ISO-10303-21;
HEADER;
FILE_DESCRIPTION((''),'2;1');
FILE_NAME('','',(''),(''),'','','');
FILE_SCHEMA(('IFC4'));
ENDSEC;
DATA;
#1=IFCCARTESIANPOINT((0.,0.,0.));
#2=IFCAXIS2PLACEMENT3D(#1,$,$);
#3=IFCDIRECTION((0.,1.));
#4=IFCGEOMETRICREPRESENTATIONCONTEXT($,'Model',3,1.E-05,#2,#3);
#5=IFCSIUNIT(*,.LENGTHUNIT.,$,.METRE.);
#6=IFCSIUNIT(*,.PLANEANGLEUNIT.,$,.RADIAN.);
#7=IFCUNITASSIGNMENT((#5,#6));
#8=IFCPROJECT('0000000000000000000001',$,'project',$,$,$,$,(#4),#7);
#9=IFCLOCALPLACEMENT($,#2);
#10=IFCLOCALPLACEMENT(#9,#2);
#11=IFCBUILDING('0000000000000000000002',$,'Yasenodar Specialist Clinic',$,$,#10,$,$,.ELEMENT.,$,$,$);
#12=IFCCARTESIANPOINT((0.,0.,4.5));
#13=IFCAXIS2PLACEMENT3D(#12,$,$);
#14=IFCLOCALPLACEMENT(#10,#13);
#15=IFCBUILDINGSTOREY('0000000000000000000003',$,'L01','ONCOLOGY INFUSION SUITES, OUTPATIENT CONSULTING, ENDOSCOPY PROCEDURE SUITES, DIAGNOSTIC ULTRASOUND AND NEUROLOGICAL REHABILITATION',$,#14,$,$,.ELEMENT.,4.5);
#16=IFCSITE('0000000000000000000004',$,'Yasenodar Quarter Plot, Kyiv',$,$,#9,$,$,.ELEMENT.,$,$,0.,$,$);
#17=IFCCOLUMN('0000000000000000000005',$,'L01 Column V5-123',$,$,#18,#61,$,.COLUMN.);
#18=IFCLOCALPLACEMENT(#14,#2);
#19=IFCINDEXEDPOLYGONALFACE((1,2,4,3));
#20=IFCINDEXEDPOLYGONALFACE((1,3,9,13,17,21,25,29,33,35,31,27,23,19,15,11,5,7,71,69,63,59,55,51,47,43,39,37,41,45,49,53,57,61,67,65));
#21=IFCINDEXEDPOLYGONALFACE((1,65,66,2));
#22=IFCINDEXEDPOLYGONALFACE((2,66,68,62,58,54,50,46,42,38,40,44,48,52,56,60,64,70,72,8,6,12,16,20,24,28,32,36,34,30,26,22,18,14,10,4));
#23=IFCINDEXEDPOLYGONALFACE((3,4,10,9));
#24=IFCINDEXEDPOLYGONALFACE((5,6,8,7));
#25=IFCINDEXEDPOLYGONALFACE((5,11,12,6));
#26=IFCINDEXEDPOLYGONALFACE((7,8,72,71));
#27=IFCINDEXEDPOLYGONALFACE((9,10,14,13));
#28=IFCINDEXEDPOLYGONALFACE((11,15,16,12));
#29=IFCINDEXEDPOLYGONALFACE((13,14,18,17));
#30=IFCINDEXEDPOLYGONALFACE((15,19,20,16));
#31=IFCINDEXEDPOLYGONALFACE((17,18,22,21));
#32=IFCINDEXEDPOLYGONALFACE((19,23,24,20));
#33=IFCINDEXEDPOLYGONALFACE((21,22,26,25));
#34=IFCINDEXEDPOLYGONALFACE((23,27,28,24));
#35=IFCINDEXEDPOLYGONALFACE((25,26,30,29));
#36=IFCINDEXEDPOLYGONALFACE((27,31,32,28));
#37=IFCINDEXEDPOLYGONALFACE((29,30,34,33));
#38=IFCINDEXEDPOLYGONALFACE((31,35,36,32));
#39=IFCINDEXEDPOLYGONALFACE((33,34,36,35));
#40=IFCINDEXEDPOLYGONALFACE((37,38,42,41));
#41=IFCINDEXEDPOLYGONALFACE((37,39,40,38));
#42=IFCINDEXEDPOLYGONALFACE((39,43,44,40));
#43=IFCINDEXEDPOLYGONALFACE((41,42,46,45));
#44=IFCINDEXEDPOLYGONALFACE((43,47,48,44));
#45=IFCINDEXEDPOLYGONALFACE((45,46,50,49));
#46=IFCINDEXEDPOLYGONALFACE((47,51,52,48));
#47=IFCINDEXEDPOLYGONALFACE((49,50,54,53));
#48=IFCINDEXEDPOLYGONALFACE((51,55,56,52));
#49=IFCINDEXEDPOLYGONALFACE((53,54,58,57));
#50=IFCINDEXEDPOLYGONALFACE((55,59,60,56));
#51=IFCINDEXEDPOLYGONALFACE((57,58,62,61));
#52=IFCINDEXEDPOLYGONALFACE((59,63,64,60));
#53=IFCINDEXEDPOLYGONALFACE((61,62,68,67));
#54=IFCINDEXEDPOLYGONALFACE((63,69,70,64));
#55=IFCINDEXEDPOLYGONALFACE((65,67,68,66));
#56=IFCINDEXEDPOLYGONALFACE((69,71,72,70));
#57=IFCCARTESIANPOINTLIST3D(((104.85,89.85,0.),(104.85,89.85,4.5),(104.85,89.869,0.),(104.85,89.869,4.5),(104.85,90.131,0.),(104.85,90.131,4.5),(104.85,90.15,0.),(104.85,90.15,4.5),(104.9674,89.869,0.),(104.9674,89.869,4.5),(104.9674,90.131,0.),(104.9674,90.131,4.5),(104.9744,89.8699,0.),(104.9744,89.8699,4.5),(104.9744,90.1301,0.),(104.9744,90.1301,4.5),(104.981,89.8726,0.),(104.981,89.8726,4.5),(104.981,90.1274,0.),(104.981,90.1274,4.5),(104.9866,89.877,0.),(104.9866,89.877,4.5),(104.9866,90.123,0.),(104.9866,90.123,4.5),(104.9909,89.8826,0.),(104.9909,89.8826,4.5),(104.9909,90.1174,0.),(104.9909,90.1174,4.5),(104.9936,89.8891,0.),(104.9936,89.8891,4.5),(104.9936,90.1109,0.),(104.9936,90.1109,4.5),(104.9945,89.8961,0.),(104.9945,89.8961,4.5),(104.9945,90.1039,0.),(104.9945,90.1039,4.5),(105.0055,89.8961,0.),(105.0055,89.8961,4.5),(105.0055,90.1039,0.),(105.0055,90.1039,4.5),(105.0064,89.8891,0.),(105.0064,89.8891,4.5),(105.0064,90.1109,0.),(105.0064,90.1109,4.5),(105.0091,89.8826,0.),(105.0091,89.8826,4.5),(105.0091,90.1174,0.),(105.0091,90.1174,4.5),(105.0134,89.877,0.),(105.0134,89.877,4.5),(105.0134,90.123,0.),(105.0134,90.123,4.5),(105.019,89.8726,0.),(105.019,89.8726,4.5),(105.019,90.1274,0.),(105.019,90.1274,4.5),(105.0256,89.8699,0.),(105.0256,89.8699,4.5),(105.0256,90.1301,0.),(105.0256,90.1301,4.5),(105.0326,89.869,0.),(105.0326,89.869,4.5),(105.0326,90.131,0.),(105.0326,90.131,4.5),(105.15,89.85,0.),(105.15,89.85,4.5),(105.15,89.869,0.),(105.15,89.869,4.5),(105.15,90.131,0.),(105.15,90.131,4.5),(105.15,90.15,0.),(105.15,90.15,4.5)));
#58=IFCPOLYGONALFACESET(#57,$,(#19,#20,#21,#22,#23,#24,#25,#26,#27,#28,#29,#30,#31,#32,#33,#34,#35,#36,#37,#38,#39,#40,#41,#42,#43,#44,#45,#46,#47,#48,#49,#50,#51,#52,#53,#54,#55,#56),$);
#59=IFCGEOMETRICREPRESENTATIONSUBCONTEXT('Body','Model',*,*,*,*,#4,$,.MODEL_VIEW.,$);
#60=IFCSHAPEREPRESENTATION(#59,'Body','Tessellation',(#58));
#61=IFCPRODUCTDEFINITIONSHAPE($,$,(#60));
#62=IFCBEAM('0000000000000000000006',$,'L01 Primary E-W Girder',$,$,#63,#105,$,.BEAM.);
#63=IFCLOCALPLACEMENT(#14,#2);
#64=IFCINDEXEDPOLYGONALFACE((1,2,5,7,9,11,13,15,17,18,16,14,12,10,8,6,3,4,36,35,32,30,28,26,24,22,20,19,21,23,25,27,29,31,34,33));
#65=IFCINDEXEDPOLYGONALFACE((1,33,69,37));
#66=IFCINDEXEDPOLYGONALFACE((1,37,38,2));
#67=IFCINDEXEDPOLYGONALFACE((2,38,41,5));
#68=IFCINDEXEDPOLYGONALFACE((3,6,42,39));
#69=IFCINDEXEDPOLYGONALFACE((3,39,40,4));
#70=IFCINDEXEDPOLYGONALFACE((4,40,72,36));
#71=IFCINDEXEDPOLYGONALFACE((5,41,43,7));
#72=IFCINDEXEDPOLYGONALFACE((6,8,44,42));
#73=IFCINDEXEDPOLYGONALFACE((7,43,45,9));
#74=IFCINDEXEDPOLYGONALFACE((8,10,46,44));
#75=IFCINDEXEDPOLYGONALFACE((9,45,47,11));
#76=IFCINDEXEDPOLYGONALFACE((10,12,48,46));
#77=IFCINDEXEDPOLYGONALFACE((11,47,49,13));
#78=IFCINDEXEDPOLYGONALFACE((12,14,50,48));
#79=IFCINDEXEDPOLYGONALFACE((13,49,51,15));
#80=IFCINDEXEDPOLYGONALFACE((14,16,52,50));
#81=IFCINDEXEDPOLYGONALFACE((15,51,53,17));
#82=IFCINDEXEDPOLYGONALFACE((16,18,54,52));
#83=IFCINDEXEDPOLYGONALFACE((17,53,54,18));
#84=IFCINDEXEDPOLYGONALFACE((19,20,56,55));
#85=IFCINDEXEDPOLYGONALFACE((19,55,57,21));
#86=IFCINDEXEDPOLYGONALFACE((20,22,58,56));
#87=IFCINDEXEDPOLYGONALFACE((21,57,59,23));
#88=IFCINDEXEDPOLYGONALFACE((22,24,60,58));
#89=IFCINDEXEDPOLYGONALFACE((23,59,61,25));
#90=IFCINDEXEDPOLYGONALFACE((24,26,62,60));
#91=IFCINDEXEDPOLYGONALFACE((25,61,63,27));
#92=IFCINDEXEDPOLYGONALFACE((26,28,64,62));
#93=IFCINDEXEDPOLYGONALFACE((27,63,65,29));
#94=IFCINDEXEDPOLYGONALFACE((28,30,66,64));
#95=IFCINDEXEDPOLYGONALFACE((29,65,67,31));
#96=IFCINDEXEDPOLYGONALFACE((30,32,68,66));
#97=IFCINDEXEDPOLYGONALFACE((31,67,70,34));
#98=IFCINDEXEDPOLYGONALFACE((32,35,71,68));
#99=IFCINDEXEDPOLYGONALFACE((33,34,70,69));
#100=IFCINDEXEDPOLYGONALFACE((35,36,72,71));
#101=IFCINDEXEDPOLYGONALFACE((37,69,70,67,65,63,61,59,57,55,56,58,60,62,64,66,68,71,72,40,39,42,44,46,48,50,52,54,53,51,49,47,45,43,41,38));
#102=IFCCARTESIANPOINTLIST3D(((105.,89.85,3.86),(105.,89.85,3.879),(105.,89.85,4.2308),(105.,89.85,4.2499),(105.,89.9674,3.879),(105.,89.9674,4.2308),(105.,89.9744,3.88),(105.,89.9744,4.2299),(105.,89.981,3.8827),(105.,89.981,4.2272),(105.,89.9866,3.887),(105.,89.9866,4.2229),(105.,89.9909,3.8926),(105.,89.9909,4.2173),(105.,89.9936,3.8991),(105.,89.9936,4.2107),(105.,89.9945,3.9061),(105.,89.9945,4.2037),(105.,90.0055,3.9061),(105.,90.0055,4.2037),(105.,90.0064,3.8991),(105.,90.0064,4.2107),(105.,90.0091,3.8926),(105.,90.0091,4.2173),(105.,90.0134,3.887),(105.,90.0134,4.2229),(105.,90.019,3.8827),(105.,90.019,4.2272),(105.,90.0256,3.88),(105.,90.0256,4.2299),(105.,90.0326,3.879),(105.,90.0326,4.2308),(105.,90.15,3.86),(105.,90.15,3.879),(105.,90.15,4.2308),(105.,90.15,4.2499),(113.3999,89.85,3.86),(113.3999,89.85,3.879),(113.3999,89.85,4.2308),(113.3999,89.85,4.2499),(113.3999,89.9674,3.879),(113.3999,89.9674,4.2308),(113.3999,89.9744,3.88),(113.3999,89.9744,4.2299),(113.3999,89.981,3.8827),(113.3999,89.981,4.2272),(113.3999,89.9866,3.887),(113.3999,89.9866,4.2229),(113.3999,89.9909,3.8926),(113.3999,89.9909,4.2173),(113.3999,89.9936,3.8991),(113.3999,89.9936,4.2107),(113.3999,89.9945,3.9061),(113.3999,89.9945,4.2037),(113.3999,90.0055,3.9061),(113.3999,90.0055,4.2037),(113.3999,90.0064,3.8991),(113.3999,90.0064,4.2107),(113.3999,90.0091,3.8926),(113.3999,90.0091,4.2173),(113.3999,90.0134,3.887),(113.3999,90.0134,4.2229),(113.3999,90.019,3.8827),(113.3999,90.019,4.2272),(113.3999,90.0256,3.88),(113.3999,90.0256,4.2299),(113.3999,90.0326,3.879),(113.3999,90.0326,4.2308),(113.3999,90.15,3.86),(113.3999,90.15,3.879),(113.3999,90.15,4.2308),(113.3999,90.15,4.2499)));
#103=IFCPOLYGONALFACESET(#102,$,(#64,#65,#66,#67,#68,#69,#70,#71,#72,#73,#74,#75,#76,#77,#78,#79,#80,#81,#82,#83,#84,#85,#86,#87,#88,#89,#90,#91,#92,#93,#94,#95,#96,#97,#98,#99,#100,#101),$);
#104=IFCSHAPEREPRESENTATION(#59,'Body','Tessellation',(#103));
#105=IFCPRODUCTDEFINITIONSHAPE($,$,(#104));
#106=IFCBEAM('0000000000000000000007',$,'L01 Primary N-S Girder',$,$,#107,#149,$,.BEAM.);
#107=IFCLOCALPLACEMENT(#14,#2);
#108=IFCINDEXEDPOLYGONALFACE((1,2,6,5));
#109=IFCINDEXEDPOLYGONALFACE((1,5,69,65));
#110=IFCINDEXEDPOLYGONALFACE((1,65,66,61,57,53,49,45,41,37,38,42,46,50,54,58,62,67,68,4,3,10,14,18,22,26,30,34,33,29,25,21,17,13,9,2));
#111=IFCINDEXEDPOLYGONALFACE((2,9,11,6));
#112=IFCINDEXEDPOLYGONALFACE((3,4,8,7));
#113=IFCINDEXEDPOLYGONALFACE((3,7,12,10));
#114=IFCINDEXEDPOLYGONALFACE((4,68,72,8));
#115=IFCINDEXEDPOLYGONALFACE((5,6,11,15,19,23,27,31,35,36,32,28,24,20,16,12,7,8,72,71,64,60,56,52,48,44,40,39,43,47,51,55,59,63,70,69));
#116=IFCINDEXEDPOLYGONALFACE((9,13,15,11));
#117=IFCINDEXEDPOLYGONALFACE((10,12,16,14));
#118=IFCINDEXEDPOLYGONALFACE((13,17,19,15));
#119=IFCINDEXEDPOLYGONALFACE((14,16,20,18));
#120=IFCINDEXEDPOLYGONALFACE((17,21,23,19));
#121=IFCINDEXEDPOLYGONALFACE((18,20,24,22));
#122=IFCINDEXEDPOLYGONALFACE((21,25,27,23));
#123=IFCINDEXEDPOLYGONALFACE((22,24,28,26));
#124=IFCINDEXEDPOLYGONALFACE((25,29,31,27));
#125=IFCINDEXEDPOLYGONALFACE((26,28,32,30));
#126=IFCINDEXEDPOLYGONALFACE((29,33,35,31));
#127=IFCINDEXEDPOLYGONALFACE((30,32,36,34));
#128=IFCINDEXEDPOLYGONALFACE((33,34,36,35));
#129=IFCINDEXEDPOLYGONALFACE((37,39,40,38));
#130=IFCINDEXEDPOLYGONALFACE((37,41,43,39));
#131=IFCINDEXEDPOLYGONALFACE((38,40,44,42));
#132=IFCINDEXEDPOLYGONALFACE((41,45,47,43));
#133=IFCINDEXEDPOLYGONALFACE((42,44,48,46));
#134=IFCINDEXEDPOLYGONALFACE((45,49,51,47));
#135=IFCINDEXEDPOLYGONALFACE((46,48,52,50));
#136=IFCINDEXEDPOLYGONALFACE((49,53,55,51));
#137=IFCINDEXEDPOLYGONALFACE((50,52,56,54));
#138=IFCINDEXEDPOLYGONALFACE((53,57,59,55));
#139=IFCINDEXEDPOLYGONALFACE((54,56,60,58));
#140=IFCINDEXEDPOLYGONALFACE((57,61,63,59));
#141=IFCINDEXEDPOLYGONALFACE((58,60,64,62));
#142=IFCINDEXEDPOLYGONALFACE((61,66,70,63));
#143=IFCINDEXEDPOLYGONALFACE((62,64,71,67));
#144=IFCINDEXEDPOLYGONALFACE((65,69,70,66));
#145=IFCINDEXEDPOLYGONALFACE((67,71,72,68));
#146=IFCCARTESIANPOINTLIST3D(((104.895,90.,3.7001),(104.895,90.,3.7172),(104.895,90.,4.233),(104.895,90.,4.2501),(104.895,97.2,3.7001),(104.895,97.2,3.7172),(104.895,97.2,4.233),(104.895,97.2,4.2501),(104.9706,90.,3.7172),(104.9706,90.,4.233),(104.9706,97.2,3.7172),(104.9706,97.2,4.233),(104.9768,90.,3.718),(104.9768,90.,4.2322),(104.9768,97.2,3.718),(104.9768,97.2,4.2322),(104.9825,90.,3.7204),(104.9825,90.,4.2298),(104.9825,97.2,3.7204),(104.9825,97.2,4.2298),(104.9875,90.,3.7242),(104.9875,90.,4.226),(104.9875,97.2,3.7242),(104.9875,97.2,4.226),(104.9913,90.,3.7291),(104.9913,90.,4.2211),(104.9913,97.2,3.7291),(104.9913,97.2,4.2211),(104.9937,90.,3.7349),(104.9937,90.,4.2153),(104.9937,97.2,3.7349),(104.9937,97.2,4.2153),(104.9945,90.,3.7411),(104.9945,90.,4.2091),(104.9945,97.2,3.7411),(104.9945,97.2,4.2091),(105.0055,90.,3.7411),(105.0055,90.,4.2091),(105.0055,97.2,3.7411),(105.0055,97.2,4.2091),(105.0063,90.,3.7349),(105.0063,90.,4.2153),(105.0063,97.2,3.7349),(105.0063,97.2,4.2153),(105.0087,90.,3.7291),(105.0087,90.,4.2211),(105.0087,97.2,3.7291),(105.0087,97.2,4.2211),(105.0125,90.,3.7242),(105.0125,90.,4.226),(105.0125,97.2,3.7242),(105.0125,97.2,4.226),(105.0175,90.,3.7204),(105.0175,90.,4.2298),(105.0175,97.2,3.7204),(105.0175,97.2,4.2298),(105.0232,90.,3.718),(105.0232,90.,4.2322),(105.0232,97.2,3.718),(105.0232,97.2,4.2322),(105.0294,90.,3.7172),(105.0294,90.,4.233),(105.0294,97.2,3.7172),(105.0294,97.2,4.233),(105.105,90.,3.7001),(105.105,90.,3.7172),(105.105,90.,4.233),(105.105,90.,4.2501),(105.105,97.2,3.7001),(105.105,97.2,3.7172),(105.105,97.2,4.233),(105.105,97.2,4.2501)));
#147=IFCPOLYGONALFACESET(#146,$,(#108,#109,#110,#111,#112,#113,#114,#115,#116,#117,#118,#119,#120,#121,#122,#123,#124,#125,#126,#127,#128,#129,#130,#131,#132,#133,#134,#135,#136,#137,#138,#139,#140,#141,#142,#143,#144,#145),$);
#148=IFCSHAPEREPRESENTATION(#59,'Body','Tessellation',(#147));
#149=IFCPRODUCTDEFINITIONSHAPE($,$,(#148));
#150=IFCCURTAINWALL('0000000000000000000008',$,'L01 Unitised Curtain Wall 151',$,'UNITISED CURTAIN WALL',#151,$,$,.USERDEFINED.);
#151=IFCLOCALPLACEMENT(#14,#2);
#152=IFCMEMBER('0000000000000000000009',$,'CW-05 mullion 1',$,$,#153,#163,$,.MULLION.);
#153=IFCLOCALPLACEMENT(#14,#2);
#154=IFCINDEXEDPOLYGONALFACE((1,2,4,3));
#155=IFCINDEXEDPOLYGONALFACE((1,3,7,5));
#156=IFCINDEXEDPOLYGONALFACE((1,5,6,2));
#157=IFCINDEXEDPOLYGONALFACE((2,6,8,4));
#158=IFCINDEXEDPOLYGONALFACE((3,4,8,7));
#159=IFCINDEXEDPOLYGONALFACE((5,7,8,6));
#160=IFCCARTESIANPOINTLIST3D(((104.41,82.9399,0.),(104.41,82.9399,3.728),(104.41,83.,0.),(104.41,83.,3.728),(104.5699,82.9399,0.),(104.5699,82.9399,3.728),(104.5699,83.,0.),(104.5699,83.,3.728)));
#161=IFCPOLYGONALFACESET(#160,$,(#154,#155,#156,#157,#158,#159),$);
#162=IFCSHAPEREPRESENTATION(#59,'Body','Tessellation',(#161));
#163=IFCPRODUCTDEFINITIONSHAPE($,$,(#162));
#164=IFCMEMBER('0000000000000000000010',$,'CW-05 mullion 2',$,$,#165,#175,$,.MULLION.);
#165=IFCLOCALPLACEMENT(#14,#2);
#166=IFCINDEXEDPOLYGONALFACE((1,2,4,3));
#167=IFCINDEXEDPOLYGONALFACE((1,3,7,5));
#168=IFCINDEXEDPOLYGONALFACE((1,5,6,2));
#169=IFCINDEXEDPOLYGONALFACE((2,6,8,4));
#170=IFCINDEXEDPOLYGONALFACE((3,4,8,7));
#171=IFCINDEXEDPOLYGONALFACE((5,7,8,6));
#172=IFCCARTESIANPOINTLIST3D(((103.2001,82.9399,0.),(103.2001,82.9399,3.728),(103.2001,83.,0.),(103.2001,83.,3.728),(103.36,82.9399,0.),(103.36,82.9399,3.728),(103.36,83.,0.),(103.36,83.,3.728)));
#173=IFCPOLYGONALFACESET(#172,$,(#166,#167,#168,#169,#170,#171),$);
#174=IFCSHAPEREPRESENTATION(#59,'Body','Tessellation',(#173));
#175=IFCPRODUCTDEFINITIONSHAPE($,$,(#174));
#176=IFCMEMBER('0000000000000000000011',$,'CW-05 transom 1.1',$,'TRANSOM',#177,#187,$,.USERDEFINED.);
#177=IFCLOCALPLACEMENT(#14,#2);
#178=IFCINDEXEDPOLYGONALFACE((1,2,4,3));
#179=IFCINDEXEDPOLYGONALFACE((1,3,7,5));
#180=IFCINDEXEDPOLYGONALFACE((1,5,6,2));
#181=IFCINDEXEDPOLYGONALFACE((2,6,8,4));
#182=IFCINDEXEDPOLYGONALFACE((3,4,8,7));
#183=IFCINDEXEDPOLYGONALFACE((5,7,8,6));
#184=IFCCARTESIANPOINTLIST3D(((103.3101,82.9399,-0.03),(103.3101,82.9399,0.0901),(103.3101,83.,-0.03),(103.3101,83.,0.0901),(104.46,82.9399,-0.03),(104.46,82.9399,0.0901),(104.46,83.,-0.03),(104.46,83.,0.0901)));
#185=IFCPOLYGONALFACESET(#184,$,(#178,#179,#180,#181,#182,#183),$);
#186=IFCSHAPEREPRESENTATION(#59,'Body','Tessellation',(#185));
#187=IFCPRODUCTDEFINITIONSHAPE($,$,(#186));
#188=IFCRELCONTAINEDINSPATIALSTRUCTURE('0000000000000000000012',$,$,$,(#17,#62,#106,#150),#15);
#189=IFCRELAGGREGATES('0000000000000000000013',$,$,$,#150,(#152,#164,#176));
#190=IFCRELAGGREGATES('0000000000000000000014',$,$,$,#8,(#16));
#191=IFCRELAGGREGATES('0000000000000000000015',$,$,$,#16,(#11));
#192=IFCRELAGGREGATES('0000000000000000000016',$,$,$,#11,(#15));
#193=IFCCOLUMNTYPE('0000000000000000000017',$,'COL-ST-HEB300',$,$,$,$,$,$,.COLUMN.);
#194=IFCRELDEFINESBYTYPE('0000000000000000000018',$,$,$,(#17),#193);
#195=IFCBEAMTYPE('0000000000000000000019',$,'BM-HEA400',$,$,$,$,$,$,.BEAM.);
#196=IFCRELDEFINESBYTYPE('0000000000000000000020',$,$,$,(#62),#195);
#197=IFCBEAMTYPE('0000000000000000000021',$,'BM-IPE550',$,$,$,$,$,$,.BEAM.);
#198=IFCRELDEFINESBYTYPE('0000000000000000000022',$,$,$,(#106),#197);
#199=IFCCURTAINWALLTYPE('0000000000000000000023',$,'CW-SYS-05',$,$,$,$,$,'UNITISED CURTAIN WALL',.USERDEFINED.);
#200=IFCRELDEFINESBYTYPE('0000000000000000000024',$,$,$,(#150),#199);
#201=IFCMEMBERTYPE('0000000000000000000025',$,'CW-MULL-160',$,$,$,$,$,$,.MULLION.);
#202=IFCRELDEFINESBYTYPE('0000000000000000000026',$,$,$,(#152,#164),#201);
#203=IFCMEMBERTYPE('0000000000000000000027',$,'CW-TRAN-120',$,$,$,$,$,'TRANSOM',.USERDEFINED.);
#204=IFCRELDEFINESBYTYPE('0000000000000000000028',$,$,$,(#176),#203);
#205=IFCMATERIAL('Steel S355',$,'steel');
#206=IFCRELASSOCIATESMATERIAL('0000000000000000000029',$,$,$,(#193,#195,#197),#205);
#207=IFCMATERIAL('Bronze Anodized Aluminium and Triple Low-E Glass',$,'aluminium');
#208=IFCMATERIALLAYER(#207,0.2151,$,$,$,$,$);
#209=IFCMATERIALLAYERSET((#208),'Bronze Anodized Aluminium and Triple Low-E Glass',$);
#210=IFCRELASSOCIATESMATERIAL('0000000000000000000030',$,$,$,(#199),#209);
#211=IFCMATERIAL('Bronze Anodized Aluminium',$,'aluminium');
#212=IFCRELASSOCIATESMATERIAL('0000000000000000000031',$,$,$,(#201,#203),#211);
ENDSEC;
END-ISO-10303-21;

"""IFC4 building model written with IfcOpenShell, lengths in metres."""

from ifc_helpers import new_model, si_unit, direction, frame, origin, origin_2d, place, context, subcontext, project, spatial, rectangle, i_section, extrude, material, layer, layer_set, material_profile, profile_set, type_object, element, aggregate, save


model = new_model("IFC4")

# Units and contexts
model_context = context("Model", 3, precision=1e-05, world=origin(), true_north=direction((0.0, 1.0)))
body_context = subcontext(model_context, "Body", "Model", "MODEL_VIEW")
ifc_project = project(units=[si_unit("LENGTHUNIT", "METRE"), si_unit("PLANEANGLEUNIT", "RADIAN")], contexts=[model_context])

# Site, building, storey
site_placement = place(None, origin())
site = spatial("IfcSite", under=ifc_project, at=site_placement, Name="Yasenodar Quarter Plot, Kyiv", CompositionType="ELEMENT", RefElevation=0.0)
building_placement = place(site_placement, origin())
building = spatial("IfcBuilding", under=site, at=building_placement, Name="Yasenodar Specialist Clinic", CompositionType="ELEMENT")
storey_placement = place(building_placement, frame((0.0, 0.0, 4.5)))
storey = spatial("IfcBuildingStorey", under=building, at=storey_placement, Name="L01", Description="ONCOLOGY INFUSION SUITES, OUTPATIENT CONSULTING, ENDOSCOPY PROCEDURE SUITES, DIAGNOSTIC ULTRASOUND AND NEUROLOGICAL REHABILITATION", CompositionType="ELEMENT", Elevation=4.5)

# Column
ifc_material_1 = material(Name="Steel S355", Category="steel")
ifc_material_profile_1 = material_profile(ifc_material_1, i_section(OverallWidth=0.3, OverallDepth=0.3, WebThickness=0.011, FlangeThickness=0.019, FilletRadius=0.0271, at=origin_2d()), Name="HEB 300")
ifc_profile_set_1 = profile_set([ifc_material_profile_1], Name="Steel S355")
column_type = type_object("IfcColumnType", Name="COL-ST-HEB300", PredefinedType="COLUMN", material=ifc_profile_set_1)
column_placement = place(storey_placement, frame((105.0, 90.0, 0.0), z_axis=(0.0, 0.0, 1.0), x_axis=(1.0, 0.0, 0.0)))
element("IfcColumn", 1, at=column_placement, inside=storey, type_object=column_type, Name="L01 Column V5-123", PredefinedType="COLUMN", context=body_context, shape_type="SweptSolid", body=[
    extrude(i_section(OverallWidth=0.3, OverallDepth=0.3, WebThickness=0.011, FlangeThickness=0.019, FilletRadius=0.0271, at=origin_2d()), origin(), (0.0, 0.0, 1.0), 4.5),
])

# Beams
ifc_material_profile_2 = material_profile(ifc_material_1, i_section(OverallWidth=0.3, OverallDepth=0.3899, WebThickness=0.011, FlangeThickness=0.019, FilletRadius=0.0271, at=origin_2d()), Name="HEA 400")
ifc_profile_set_2 = profile_set([ifc_material_profile_2], Name="Steel S355")
beam_type_1 = type_object("IfcBeamType", Name="BM-HEA400", PredefinedType="BEAM", material=ifc_profile_set_2)
beam_1_placement = place(storey_placement, frame((105.0, 90.0, 4.0549), z_axis=(1.0, 0.0, 0.0), x_axis=(0.0, 1.0, 0.0)))
element("IfcBeam", 2, at=beam_1_placement, inside=storey, type_object=beam_type_1, Name="L01 Primary E-W Girder", PredefinedType="BEAM", context=body_context, shape_type="SweptSolid", body=[
    extrude(i_section(OverallWidth=0.3, OverallDepth=0.3899, WebThickness=0.011, FlangeThickness=0.019, FilletRadius=0.0271, at=origin_2d()), origin(), (0.0, 0.0, 1.0), 8.3999),
])
ifc_material_profile_3 = material_profile(ifc_material_1, i_section(OverallWidth=0.21, OverallDepth=0.55, WebThickness=0.011, FlangeThickness=0.0171, FilletRadius=0.0239, at=origin_2d()), Name="IPE 550")
ifc_profile_set_3 = profile_set([ifc_material_profile_3], Name="Steel S355")
beam_type_2 = type_object("IfcBeamType", Name="BM-IPE550", PredefinedType="BEAM", material=ifc_profile_set_3)
beam_2_placement = place(storey_placement, frame((105.0, 90.0, 3.9751), z_axis=(0.0, 1.0, 0.0), x_axis=(-1.0, 0.0, 0.0)))
element("IfcBeam", 3, at=beam_2_placement, inside=storey, type_object=beam_type_2, Name="L01 Primary N-S Girder", PredefinedType="BEAM", context=body_context, shape_type="SweptSolid", body=[
    extrude(i_section(OverallWidth=0.21, OverallDepth=0.55, WebThickness=0.011, FlangeThickness=0.0171, FilletRadius=0.0239, at=origin_2d()), origin(), (0.0, 0.0, 1.0), 7.2),
])

# Curtain wall, members
ifc_material_2 = material(Name="Bronze Anodized Aluminium and Triple Low-E Glass", Category="aluminium")
ifc_layer_1 = layer(ifc_material_2, 0.2151)
ifc_layer_set_1 = layer_set([ifc_layer_1], Name="Bronze Anodized Aluminium and Triple Low-E Glass")
curtain_wall_type = type_object("IfcCurtainWallType", Name="CW-SYS-05", ElementType="UNITISED CURTAIN WALL", PredefinedType="USERDEFINED", material=ifc_layer_set_1)
curtain_wall_placement = place(storey_placement, origin())
curtain_wall = element("IfcCurtainWall", 4, at=curtain_wall_placement, inside=storey, type_object=curtain_wall_type, Name="L01 Unitised Curtain Wall 151", ObjectType="UNITISED CURTAIN WALL", PredefinedType="USERDEFINED")
ifc_material_3 = material(Name="Bronze Anodized Aluminium", Category="aluminium")
ifc_material_profile_4 = material_profile(ifc_material_3, rectangle(XDim=0.0601, YDim=0.1599, at=origin_2d()), Name="CW-MULL 60x160")
ifc_profile_set_4 = profile_set([ifc_material_profile_4], Name="Bronze Anodized Aluminium")
member_type_1 = type_object("IfcMemberType", Name="CW-MULL-160", PredefinedType="MULLION", material=ifc_profile_set_4)
member_1_placement = place(storey_placement, frame((104.49, 82.97, 0.0), z_axis=(0.0, 0.0, 1.0), x_axis=(0.0, -1.0, 0.0)))
member_1 = element("IfcMember", 5, at=member_1_placement, type_object=member_type_1, Name="CW-05 mullion 1", PredefinedType="MULLION", context=body_context, shape_type="SweptSolid", body=[
    extrude(rectangle(XDim=0.0601, YDim=0.1599, at=origin_2d()), origin(), (0.0, 0.0, 1.0), 3.728),
])
member_2_placement = place(storey_placement, frame((103.28, 82.97, 0.0), z_axis=(0.0, 0.0, 1.0), x_axis=(0.0, -1.0, 0.0)))
member_2 = element("IfcMember", 6, at=member_2_placement, type_object=member_type_1, Name="CW-05 mullion 2", PredefinedType="MULLION", context=body_context, shape_type="SweptSolid", body=[
    extrude(rectangle(XDim=0.0601, YDim=0.1599, at=origin_2d()), origin(), (0.0, 0.0, 1.0), 3.728),
])
ifc_material_profile_5 = material_profile(ifc_material_3, rectangle(XDim=0.0601, YDim=0.1201, at=origin_2d()), Name="CW-TRAN 60x120")
ifc_profile_set_5 = profile_set([ifc_material_profile_5], Name="Bronze Anodized Aluminium")
member_type_2 = type_object("IfcMemberType", Name="CW-TRAN-120", ElementType="TRANSOM", PredefinedType="USERDEFINED", material=ifc_profile_set_5)
member_3_placement = place(storey_placement, frame((104.46, 82.97, 0.03), z_axis=(-1.0, 0.0, 0.0), x_axis=(0.0, -1.0, 0.0)))
member_3 = element("IfcMember", 7, at=member_3_placement, type_object=member_type_2, Name="CW-05 transom 1.1", ObjectType="TRANSOM", PredefinedType="USERDEFINED", context=body_context, shape_type="SweptSolid", body=[
    extrude(rectangle(XDim=0.0601, YDim=0.1201, at=origin_2d()), origin(), (0.0, 0.0, 1.0), 1.1499),
])

aggregate(curtain_wall, [member_1, member_2, member_3])

save(model, "model.ifc")
